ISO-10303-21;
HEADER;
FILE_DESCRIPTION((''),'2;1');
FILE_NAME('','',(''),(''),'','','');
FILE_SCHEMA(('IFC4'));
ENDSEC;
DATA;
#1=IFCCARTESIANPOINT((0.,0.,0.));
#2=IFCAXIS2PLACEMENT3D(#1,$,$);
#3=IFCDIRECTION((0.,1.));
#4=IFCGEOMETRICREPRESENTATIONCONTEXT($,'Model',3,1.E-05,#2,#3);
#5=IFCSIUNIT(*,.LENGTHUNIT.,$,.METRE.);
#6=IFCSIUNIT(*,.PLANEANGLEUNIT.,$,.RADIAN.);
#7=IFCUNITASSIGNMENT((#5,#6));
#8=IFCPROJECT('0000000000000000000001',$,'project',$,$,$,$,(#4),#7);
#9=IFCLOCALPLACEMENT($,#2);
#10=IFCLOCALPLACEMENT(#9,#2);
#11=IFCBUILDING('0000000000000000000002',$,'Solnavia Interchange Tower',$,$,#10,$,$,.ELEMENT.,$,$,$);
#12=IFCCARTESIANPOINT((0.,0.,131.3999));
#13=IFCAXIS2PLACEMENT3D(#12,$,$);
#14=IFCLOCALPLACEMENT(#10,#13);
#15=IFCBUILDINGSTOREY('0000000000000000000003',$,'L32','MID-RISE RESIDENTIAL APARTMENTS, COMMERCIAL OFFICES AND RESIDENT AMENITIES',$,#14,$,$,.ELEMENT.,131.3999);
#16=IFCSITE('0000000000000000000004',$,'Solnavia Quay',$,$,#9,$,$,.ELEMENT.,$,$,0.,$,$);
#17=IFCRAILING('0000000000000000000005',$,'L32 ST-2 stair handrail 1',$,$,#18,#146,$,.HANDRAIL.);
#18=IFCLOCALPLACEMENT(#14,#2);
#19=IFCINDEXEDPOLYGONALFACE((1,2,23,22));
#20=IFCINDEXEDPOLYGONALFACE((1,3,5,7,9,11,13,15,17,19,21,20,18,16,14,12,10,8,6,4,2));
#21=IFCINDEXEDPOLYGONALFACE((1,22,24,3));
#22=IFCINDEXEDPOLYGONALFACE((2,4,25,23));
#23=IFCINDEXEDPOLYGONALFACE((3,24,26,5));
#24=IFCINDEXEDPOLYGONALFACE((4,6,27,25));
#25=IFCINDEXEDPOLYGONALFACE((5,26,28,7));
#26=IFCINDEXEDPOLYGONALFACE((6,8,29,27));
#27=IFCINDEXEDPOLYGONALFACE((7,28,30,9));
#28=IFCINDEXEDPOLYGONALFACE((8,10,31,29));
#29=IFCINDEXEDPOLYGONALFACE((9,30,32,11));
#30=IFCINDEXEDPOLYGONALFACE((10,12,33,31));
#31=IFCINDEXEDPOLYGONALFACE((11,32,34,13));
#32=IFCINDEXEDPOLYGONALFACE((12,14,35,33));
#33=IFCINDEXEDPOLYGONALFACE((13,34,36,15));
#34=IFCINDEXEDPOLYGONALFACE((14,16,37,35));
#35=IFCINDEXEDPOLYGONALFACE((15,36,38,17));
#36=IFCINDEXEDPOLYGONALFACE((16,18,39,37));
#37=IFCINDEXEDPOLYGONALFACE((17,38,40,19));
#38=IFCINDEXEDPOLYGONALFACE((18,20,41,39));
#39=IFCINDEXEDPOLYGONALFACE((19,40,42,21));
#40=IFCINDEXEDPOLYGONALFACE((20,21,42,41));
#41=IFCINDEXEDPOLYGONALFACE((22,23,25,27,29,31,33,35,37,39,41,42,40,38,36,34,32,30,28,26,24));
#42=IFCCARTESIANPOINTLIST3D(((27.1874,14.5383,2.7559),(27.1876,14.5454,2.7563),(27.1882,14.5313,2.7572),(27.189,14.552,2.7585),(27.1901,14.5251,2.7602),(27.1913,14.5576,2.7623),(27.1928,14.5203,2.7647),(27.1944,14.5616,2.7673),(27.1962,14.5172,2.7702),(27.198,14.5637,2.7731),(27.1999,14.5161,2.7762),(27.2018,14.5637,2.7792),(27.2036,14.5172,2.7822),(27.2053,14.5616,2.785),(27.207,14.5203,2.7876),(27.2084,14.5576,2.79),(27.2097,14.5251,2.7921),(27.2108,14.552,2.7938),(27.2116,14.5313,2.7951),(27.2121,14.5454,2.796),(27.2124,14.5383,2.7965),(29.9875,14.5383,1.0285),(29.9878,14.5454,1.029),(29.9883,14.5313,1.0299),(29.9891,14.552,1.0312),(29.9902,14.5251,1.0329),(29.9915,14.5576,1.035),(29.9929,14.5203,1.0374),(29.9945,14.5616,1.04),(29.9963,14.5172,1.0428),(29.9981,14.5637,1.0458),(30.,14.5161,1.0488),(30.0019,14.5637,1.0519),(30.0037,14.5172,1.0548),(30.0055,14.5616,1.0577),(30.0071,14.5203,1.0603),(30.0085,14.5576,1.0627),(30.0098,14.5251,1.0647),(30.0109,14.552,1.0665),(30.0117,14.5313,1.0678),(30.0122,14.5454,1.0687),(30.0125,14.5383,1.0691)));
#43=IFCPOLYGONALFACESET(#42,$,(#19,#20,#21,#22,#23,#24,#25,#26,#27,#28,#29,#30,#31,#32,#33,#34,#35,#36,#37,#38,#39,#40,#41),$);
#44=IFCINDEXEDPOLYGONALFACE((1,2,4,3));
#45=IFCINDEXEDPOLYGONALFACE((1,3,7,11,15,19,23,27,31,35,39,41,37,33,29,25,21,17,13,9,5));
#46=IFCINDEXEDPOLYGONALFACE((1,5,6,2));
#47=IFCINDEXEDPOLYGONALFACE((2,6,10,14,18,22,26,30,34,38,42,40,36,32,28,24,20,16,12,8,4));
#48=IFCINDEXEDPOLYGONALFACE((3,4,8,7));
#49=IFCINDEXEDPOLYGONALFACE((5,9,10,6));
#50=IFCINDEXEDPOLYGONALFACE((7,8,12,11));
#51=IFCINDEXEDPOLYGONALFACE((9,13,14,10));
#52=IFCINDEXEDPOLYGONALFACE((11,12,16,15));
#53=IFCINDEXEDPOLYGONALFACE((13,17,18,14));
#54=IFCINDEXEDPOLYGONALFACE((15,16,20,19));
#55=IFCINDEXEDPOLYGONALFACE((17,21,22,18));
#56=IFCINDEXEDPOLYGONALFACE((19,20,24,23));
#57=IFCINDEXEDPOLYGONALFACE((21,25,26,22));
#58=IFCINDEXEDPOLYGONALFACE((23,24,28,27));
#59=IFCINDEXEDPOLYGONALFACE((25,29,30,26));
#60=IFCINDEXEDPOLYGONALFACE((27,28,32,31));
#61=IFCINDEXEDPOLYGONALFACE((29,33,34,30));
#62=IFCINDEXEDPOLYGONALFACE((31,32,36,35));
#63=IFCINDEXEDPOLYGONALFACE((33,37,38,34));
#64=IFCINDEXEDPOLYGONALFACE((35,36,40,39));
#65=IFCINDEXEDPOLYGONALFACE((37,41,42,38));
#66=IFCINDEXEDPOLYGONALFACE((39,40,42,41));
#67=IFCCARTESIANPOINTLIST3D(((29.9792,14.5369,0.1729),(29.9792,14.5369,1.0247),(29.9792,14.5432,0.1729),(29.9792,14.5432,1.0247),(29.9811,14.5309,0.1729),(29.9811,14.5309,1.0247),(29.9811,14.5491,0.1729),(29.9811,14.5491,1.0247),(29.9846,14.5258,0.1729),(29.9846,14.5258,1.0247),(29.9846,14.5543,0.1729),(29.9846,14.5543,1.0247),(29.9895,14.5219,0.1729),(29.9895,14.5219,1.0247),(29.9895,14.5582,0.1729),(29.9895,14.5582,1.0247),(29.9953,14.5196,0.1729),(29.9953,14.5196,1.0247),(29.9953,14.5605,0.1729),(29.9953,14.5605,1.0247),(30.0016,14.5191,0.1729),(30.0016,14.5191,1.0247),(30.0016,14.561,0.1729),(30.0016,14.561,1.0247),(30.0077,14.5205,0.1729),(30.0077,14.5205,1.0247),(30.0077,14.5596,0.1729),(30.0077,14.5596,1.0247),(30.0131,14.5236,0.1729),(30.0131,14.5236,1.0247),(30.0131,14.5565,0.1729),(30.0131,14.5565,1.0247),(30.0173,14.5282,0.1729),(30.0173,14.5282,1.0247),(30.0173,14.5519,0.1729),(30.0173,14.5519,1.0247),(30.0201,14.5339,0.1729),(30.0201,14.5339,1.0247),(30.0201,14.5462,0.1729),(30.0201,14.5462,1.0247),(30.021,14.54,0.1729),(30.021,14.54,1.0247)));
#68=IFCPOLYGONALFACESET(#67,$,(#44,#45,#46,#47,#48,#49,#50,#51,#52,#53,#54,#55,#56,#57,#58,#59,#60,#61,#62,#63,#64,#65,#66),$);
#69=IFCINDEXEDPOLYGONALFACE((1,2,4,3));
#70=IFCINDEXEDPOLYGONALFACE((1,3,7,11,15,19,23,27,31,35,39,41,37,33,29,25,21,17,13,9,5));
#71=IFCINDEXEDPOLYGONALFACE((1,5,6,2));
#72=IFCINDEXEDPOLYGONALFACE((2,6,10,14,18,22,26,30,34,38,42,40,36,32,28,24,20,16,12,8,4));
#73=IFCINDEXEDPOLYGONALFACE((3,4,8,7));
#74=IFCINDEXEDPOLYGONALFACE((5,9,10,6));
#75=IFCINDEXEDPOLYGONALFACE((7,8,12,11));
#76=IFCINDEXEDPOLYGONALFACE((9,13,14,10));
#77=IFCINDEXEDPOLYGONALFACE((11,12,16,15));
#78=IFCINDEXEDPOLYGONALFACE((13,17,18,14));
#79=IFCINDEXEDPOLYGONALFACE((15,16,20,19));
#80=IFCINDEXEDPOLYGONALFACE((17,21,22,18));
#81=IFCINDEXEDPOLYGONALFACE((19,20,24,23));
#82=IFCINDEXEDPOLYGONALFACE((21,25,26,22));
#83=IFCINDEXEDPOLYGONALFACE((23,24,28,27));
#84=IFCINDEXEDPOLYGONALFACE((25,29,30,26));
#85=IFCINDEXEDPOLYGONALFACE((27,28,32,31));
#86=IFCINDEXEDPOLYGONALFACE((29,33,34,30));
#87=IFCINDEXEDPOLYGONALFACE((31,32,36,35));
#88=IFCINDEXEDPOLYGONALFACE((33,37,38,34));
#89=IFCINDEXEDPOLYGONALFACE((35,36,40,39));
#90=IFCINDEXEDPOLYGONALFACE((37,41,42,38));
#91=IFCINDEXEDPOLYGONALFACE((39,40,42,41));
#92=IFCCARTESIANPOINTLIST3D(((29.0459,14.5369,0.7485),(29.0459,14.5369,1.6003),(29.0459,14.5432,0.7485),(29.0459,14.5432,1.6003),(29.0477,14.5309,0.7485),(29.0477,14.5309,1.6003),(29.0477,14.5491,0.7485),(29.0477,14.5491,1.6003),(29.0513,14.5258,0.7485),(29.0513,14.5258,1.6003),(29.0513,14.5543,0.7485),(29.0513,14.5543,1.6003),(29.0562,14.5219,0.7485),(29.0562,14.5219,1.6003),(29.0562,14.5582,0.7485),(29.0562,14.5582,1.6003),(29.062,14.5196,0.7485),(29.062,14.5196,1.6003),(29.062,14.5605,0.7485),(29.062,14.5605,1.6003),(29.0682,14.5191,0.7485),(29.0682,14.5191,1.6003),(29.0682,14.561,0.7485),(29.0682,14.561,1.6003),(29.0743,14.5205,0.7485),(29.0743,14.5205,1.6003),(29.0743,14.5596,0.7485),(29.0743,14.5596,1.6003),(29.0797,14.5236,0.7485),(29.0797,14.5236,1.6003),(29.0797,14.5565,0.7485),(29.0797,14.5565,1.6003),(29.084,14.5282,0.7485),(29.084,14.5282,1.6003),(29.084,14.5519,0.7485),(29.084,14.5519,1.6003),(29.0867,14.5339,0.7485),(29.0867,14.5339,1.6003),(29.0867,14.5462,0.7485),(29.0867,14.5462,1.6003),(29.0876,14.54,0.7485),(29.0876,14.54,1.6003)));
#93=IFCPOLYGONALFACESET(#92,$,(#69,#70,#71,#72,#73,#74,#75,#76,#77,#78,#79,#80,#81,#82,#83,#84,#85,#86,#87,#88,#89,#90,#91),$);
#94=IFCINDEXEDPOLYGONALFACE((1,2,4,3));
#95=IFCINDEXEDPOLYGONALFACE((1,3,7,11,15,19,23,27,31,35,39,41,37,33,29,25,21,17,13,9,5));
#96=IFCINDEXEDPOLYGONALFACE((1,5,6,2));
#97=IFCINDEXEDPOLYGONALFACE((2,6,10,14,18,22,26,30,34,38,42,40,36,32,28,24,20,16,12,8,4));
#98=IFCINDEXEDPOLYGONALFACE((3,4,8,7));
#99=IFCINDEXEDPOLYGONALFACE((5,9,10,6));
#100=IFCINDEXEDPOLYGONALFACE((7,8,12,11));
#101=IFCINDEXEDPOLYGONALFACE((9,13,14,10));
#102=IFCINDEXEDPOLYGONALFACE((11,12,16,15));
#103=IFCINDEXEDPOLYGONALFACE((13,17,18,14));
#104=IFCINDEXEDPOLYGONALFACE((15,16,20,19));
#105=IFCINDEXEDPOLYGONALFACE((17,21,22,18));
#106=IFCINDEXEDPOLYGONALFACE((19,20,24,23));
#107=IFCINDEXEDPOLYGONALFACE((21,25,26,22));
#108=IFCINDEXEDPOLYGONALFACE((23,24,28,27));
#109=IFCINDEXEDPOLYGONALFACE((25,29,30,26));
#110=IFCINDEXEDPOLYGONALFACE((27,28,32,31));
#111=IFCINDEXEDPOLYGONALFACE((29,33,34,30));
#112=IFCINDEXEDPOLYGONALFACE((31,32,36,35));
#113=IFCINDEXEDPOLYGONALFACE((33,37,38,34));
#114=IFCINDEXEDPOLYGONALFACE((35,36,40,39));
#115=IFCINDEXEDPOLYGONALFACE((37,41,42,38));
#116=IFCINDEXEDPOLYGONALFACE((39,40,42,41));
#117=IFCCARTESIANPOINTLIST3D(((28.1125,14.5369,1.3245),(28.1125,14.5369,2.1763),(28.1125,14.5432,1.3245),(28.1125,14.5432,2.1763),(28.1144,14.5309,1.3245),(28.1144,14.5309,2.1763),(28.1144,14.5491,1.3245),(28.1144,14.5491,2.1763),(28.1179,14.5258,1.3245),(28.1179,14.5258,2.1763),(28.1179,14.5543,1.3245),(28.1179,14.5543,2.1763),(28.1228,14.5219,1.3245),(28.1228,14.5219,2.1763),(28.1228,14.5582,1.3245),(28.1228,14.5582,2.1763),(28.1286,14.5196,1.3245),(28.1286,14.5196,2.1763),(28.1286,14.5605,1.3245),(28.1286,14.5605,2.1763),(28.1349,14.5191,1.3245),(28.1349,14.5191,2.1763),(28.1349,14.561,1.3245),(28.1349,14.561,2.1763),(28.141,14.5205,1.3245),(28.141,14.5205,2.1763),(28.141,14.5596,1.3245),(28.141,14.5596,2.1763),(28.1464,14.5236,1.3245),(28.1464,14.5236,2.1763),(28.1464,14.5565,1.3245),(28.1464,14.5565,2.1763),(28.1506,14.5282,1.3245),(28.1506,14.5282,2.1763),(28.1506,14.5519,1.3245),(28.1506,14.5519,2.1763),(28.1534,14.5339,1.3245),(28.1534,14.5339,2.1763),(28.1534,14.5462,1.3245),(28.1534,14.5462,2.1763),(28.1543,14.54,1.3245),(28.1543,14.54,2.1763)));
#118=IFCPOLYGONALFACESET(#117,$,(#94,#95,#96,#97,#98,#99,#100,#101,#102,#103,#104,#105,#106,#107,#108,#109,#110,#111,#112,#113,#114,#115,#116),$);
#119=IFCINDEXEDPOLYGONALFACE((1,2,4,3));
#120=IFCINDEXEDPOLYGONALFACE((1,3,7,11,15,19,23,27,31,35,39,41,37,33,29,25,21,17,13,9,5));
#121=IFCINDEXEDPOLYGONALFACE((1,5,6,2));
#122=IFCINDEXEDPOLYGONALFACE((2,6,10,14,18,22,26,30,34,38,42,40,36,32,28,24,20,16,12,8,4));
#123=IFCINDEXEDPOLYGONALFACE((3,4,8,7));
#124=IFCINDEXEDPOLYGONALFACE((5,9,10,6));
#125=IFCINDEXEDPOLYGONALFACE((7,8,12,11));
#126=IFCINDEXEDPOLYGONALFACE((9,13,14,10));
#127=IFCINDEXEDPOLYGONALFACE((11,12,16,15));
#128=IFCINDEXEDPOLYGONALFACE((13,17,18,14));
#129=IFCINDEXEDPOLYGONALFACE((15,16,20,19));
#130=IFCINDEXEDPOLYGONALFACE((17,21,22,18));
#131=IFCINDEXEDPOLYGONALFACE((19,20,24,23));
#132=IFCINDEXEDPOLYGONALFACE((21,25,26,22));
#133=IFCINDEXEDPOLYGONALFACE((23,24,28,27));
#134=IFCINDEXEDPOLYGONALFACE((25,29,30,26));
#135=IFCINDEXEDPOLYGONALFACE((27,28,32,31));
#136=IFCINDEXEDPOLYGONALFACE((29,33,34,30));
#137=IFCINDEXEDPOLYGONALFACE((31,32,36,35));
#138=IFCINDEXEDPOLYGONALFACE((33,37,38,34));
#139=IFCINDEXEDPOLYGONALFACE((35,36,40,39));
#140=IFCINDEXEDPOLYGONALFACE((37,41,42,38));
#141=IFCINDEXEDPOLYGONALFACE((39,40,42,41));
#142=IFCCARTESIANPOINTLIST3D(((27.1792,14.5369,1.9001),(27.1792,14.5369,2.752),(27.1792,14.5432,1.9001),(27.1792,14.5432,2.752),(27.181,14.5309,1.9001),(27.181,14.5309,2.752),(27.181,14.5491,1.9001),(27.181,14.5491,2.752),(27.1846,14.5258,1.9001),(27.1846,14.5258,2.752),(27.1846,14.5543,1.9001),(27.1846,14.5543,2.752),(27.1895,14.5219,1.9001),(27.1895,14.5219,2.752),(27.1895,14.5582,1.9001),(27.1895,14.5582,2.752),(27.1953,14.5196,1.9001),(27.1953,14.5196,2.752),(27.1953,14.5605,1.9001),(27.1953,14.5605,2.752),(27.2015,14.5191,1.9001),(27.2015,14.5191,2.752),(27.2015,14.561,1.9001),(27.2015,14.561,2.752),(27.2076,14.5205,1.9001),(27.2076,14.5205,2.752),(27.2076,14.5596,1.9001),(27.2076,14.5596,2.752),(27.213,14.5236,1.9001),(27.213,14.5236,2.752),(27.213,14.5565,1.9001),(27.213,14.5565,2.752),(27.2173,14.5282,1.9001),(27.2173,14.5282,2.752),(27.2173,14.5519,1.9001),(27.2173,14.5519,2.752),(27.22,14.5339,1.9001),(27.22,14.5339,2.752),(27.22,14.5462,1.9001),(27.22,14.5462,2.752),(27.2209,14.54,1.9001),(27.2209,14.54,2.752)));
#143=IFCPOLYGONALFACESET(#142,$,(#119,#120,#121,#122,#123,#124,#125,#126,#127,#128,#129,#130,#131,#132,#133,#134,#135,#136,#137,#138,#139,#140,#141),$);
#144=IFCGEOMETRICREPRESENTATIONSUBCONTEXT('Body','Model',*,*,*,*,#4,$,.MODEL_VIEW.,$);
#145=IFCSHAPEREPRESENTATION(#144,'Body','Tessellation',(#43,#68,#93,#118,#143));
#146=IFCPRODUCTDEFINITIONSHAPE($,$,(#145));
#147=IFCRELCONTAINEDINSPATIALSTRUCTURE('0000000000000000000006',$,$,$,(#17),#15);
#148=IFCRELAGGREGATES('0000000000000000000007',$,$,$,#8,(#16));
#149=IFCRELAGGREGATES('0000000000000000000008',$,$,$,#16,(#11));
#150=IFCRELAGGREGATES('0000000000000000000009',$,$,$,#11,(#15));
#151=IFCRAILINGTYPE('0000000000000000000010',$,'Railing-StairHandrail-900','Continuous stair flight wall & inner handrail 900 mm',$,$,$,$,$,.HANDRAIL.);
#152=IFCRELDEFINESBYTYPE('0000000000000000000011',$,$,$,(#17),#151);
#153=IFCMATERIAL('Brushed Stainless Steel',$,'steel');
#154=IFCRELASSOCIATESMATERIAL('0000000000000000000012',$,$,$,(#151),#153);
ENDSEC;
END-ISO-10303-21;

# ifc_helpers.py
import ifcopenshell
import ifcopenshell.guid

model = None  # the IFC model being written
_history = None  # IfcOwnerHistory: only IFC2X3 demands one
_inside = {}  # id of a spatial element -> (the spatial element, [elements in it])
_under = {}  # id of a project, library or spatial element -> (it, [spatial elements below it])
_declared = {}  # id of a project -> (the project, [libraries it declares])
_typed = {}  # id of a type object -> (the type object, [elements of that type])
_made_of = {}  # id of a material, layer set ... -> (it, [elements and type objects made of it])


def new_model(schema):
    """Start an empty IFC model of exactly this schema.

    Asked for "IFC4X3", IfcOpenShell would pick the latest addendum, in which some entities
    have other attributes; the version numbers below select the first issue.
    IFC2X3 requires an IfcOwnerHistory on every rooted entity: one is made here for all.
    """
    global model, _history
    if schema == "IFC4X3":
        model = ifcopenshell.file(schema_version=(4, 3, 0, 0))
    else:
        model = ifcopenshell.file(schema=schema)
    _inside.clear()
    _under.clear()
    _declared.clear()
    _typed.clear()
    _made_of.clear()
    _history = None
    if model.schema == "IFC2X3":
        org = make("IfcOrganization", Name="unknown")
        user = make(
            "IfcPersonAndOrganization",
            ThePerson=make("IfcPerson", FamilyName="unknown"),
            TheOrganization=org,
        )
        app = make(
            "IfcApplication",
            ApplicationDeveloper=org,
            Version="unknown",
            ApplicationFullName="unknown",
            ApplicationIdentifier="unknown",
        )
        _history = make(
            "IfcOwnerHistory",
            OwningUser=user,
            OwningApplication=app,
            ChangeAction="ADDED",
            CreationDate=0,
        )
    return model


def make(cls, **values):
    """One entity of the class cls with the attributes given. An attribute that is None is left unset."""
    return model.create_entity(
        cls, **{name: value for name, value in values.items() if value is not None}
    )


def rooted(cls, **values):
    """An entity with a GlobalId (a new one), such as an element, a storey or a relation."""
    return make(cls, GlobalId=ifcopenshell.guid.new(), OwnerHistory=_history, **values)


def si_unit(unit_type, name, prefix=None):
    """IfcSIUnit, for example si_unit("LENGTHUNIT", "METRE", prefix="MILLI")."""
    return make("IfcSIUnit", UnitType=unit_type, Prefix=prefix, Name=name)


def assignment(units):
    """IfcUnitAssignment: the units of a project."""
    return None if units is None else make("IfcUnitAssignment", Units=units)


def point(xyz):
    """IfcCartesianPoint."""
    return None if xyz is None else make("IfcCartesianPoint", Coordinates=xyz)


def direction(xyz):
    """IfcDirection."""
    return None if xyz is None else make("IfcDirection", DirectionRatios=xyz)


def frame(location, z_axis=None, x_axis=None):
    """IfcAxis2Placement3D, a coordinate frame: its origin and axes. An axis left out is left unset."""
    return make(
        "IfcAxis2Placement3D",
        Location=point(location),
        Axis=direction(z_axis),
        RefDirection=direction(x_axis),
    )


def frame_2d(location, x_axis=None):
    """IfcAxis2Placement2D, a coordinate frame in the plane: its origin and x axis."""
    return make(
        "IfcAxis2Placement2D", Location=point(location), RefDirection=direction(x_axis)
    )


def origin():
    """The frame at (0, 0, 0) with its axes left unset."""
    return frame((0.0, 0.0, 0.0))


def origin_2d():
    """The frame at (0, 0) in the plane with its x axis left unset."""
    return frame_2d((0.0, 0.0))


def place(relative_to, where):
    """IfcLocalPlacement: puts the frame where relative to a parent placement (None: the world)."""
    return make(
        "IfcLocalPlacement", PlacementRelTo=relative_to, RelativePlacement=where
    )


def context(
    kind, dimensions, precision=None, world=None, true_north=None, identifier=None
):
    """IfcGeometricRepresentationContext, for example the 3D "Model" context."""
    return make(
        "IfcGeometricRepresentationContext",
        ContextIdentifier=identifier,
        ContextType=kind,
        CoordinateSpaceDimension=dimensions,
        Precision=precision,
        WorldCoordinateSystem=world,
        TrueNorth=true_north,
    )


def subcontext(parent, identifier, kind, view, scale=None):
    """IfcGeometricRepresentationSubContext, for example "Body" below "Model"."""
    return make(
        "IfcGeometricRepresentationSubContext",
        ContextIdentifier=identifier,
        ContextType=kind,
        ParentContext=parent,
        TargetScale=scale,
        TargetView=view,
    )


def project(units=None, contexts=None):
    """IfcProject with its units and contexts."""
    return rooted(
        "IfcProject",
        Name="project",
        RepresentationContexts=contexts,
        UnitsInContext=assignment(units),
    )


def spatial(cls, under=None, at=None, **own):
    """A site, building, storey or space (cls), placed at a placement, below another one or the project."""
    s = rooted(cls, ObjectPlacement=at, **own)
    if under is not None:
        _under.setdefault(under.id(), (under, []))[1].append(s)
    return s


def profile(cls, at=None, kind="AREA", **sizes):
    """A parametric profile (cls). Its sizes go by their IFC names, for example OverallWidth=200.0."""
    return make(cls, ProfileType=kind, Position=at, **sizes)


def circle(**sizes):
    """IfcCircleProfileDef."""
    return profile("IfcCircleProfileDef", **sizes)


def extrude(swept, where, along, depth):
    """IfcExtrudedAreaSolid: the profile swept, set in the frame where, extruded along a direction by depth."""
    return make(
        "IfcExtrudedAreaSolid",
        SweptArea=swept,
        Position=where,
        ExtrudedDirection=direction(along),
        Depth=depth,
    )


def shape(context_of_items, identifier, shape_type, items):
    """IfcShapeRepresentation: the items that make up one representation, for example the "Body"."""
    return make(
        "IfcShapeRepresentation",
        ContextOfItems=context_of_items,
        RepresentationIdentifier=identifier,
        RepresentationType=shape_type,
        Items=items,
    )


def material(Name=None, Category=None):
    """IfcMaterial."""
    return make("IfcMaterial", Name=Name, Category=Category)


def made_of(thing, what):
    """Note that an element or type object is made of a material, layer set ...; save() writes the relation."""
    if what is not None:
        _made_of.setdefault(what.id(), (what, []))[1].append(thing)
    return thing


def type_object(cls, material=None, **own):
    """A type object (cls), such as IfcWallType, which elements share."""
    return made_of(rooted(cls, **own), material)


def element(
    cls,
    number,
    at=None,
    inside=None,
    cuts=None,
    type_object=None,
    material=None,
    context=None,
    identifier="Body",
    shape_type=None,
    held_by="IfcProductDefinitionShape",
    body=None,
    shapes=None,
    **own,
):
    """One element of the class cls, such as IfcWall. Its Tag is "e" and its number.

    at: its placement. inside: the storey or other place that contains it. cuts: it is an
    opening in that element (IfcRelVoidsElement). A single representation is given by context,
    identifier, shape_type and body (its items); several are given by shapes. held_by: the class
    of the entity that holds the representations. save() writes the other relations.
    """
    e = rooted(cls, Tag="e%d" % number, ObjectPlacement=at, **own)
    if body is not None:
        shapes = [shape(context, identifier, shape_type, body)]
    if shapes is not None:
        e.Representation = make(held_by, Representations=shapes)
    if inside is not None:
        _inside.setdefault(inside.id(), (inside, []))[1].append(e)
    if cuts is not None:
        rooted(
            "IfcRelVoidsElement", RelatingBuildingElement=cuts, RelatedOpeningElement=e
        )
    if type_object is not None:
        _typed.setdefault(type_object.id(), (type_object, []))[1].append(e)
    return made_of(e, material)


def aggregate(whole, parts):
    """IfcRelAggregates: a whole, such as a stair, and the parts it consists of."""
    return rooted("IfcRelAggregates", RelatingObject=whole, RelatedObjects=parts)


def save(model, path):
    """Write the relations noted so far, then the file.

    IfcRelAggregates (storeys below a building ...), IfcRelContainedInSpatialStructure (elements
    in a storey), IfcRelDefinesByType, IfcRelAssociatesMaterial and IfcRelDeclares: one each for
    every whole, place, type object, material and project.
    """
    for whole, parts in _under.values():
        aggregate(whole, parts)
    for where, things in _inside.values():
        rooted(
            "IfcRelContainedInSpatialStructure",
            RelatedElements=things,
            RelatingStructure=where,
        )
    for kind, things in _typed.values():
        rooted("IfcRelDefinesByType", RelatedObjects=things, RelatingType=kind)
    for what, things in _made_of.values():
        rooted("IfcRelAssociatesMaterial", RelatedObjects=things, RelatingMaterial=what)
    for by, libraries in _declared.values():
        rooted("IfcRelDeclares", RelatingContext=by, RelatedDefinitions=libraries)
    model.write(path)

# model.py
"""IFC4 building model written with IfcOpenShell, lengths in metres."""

from ifc_helpers import new_model, si_unit, direction, frame, origin, origin_2d, place, context, subcontext, project, spatial, circle, extrude, material, type_object, element, save


model = new_model("IFC4")

# Units and contexts
model_context = context("Model", 3, precision=1e-05, world=origin(), true_north=direction((0.0, 1.0)))
body_context = subcontext(model_context, "Body", "Model", "MODEL_VIEW")
ifc_project = project(units=[si_unit("LENGTHUNIT", "METRE"), si_unit("PLANEANGLEUNIT", "RADIAN")], contexts=[model_context])

# Site, building, storey
site_placement = place(None, origin())
site = spatial("IfcSite", under=ifc_project, at=site_placement, Name="Solnavia Quay", CompositionType="ELEMENT", RefElevation=0.0)
building_placement = place(site_placement, origin())
building = spatial("IfcBuilding", under=site, at=building_placement, Name="Solnavia Interchange Tower", CompositionType="ELEMENT")
storey_placement = place(building_placement, frame((0.0, 0.0, 131.3999)))
storey = spatial("IfcBuildingStorey", under=building, at=storey_placement, Name="L32", Description="MID-RISE RESIDENTIAL APARTMENTS, COMMERCIAL OFFICES AND RESIDENT AMENITIES", CompositionType="ELEMENT", Elevation=131.3999)

# Railing
ifc_material_1 = material(Name="Brushed Stainless Steel", Category="steel")
railing_type = type_object("IfcRailingType", Name="Railing-StairHandrail-900", Description="Continuous stair flight wall & inner handrail 900 mm", PredefinedType="HANDRAIL", material=ifc_material_1)
railing_placement = place(storey_placement, frame((30.0, 14.54, 0.1729)))
element("IfcRailing", 1, at=railing_placement, inside=storey, type_object=railing_type, Name="L32 ST-2 stair handrail 1", PredefinedType="HANDRAIL", context=body_context, shape_type="SweptSolid", body=[
    extrude(circle(Radius=0.0239, at=origin_2d()), frame((0.0, 0.0, 0.876), z_axis=(-0.85109, 0.0, 0.52502), x_axis=(0.0, -1.0, 0.0)), (0.0, 0.0, 1.0), 3.29),
    extrude(circle(Radius=0.021, at=origin_2d()), origin(), (0.0, 0.0, 1.0), 0.8518),
    extrude(circle(Radius=0.021, at=origin_2d()), frame((-0.9333, 0.0, 0.5757)), (0.0, 0.0, 1.0), 0.8518),
    extrude(circle(Radius=0.021, at=origin_2d()), frame((-1.8667, 0.0, 1.1516)), (0.0, 0.0, 1.0), 0.8518),
    extrude(circle(Radius=0.021, at=origin_2d()), frame((-2.8, 0.0, 1.7273)), (0.0, 0.0, 1.0), 0.8518),
])

save(model, "model.ifc")
